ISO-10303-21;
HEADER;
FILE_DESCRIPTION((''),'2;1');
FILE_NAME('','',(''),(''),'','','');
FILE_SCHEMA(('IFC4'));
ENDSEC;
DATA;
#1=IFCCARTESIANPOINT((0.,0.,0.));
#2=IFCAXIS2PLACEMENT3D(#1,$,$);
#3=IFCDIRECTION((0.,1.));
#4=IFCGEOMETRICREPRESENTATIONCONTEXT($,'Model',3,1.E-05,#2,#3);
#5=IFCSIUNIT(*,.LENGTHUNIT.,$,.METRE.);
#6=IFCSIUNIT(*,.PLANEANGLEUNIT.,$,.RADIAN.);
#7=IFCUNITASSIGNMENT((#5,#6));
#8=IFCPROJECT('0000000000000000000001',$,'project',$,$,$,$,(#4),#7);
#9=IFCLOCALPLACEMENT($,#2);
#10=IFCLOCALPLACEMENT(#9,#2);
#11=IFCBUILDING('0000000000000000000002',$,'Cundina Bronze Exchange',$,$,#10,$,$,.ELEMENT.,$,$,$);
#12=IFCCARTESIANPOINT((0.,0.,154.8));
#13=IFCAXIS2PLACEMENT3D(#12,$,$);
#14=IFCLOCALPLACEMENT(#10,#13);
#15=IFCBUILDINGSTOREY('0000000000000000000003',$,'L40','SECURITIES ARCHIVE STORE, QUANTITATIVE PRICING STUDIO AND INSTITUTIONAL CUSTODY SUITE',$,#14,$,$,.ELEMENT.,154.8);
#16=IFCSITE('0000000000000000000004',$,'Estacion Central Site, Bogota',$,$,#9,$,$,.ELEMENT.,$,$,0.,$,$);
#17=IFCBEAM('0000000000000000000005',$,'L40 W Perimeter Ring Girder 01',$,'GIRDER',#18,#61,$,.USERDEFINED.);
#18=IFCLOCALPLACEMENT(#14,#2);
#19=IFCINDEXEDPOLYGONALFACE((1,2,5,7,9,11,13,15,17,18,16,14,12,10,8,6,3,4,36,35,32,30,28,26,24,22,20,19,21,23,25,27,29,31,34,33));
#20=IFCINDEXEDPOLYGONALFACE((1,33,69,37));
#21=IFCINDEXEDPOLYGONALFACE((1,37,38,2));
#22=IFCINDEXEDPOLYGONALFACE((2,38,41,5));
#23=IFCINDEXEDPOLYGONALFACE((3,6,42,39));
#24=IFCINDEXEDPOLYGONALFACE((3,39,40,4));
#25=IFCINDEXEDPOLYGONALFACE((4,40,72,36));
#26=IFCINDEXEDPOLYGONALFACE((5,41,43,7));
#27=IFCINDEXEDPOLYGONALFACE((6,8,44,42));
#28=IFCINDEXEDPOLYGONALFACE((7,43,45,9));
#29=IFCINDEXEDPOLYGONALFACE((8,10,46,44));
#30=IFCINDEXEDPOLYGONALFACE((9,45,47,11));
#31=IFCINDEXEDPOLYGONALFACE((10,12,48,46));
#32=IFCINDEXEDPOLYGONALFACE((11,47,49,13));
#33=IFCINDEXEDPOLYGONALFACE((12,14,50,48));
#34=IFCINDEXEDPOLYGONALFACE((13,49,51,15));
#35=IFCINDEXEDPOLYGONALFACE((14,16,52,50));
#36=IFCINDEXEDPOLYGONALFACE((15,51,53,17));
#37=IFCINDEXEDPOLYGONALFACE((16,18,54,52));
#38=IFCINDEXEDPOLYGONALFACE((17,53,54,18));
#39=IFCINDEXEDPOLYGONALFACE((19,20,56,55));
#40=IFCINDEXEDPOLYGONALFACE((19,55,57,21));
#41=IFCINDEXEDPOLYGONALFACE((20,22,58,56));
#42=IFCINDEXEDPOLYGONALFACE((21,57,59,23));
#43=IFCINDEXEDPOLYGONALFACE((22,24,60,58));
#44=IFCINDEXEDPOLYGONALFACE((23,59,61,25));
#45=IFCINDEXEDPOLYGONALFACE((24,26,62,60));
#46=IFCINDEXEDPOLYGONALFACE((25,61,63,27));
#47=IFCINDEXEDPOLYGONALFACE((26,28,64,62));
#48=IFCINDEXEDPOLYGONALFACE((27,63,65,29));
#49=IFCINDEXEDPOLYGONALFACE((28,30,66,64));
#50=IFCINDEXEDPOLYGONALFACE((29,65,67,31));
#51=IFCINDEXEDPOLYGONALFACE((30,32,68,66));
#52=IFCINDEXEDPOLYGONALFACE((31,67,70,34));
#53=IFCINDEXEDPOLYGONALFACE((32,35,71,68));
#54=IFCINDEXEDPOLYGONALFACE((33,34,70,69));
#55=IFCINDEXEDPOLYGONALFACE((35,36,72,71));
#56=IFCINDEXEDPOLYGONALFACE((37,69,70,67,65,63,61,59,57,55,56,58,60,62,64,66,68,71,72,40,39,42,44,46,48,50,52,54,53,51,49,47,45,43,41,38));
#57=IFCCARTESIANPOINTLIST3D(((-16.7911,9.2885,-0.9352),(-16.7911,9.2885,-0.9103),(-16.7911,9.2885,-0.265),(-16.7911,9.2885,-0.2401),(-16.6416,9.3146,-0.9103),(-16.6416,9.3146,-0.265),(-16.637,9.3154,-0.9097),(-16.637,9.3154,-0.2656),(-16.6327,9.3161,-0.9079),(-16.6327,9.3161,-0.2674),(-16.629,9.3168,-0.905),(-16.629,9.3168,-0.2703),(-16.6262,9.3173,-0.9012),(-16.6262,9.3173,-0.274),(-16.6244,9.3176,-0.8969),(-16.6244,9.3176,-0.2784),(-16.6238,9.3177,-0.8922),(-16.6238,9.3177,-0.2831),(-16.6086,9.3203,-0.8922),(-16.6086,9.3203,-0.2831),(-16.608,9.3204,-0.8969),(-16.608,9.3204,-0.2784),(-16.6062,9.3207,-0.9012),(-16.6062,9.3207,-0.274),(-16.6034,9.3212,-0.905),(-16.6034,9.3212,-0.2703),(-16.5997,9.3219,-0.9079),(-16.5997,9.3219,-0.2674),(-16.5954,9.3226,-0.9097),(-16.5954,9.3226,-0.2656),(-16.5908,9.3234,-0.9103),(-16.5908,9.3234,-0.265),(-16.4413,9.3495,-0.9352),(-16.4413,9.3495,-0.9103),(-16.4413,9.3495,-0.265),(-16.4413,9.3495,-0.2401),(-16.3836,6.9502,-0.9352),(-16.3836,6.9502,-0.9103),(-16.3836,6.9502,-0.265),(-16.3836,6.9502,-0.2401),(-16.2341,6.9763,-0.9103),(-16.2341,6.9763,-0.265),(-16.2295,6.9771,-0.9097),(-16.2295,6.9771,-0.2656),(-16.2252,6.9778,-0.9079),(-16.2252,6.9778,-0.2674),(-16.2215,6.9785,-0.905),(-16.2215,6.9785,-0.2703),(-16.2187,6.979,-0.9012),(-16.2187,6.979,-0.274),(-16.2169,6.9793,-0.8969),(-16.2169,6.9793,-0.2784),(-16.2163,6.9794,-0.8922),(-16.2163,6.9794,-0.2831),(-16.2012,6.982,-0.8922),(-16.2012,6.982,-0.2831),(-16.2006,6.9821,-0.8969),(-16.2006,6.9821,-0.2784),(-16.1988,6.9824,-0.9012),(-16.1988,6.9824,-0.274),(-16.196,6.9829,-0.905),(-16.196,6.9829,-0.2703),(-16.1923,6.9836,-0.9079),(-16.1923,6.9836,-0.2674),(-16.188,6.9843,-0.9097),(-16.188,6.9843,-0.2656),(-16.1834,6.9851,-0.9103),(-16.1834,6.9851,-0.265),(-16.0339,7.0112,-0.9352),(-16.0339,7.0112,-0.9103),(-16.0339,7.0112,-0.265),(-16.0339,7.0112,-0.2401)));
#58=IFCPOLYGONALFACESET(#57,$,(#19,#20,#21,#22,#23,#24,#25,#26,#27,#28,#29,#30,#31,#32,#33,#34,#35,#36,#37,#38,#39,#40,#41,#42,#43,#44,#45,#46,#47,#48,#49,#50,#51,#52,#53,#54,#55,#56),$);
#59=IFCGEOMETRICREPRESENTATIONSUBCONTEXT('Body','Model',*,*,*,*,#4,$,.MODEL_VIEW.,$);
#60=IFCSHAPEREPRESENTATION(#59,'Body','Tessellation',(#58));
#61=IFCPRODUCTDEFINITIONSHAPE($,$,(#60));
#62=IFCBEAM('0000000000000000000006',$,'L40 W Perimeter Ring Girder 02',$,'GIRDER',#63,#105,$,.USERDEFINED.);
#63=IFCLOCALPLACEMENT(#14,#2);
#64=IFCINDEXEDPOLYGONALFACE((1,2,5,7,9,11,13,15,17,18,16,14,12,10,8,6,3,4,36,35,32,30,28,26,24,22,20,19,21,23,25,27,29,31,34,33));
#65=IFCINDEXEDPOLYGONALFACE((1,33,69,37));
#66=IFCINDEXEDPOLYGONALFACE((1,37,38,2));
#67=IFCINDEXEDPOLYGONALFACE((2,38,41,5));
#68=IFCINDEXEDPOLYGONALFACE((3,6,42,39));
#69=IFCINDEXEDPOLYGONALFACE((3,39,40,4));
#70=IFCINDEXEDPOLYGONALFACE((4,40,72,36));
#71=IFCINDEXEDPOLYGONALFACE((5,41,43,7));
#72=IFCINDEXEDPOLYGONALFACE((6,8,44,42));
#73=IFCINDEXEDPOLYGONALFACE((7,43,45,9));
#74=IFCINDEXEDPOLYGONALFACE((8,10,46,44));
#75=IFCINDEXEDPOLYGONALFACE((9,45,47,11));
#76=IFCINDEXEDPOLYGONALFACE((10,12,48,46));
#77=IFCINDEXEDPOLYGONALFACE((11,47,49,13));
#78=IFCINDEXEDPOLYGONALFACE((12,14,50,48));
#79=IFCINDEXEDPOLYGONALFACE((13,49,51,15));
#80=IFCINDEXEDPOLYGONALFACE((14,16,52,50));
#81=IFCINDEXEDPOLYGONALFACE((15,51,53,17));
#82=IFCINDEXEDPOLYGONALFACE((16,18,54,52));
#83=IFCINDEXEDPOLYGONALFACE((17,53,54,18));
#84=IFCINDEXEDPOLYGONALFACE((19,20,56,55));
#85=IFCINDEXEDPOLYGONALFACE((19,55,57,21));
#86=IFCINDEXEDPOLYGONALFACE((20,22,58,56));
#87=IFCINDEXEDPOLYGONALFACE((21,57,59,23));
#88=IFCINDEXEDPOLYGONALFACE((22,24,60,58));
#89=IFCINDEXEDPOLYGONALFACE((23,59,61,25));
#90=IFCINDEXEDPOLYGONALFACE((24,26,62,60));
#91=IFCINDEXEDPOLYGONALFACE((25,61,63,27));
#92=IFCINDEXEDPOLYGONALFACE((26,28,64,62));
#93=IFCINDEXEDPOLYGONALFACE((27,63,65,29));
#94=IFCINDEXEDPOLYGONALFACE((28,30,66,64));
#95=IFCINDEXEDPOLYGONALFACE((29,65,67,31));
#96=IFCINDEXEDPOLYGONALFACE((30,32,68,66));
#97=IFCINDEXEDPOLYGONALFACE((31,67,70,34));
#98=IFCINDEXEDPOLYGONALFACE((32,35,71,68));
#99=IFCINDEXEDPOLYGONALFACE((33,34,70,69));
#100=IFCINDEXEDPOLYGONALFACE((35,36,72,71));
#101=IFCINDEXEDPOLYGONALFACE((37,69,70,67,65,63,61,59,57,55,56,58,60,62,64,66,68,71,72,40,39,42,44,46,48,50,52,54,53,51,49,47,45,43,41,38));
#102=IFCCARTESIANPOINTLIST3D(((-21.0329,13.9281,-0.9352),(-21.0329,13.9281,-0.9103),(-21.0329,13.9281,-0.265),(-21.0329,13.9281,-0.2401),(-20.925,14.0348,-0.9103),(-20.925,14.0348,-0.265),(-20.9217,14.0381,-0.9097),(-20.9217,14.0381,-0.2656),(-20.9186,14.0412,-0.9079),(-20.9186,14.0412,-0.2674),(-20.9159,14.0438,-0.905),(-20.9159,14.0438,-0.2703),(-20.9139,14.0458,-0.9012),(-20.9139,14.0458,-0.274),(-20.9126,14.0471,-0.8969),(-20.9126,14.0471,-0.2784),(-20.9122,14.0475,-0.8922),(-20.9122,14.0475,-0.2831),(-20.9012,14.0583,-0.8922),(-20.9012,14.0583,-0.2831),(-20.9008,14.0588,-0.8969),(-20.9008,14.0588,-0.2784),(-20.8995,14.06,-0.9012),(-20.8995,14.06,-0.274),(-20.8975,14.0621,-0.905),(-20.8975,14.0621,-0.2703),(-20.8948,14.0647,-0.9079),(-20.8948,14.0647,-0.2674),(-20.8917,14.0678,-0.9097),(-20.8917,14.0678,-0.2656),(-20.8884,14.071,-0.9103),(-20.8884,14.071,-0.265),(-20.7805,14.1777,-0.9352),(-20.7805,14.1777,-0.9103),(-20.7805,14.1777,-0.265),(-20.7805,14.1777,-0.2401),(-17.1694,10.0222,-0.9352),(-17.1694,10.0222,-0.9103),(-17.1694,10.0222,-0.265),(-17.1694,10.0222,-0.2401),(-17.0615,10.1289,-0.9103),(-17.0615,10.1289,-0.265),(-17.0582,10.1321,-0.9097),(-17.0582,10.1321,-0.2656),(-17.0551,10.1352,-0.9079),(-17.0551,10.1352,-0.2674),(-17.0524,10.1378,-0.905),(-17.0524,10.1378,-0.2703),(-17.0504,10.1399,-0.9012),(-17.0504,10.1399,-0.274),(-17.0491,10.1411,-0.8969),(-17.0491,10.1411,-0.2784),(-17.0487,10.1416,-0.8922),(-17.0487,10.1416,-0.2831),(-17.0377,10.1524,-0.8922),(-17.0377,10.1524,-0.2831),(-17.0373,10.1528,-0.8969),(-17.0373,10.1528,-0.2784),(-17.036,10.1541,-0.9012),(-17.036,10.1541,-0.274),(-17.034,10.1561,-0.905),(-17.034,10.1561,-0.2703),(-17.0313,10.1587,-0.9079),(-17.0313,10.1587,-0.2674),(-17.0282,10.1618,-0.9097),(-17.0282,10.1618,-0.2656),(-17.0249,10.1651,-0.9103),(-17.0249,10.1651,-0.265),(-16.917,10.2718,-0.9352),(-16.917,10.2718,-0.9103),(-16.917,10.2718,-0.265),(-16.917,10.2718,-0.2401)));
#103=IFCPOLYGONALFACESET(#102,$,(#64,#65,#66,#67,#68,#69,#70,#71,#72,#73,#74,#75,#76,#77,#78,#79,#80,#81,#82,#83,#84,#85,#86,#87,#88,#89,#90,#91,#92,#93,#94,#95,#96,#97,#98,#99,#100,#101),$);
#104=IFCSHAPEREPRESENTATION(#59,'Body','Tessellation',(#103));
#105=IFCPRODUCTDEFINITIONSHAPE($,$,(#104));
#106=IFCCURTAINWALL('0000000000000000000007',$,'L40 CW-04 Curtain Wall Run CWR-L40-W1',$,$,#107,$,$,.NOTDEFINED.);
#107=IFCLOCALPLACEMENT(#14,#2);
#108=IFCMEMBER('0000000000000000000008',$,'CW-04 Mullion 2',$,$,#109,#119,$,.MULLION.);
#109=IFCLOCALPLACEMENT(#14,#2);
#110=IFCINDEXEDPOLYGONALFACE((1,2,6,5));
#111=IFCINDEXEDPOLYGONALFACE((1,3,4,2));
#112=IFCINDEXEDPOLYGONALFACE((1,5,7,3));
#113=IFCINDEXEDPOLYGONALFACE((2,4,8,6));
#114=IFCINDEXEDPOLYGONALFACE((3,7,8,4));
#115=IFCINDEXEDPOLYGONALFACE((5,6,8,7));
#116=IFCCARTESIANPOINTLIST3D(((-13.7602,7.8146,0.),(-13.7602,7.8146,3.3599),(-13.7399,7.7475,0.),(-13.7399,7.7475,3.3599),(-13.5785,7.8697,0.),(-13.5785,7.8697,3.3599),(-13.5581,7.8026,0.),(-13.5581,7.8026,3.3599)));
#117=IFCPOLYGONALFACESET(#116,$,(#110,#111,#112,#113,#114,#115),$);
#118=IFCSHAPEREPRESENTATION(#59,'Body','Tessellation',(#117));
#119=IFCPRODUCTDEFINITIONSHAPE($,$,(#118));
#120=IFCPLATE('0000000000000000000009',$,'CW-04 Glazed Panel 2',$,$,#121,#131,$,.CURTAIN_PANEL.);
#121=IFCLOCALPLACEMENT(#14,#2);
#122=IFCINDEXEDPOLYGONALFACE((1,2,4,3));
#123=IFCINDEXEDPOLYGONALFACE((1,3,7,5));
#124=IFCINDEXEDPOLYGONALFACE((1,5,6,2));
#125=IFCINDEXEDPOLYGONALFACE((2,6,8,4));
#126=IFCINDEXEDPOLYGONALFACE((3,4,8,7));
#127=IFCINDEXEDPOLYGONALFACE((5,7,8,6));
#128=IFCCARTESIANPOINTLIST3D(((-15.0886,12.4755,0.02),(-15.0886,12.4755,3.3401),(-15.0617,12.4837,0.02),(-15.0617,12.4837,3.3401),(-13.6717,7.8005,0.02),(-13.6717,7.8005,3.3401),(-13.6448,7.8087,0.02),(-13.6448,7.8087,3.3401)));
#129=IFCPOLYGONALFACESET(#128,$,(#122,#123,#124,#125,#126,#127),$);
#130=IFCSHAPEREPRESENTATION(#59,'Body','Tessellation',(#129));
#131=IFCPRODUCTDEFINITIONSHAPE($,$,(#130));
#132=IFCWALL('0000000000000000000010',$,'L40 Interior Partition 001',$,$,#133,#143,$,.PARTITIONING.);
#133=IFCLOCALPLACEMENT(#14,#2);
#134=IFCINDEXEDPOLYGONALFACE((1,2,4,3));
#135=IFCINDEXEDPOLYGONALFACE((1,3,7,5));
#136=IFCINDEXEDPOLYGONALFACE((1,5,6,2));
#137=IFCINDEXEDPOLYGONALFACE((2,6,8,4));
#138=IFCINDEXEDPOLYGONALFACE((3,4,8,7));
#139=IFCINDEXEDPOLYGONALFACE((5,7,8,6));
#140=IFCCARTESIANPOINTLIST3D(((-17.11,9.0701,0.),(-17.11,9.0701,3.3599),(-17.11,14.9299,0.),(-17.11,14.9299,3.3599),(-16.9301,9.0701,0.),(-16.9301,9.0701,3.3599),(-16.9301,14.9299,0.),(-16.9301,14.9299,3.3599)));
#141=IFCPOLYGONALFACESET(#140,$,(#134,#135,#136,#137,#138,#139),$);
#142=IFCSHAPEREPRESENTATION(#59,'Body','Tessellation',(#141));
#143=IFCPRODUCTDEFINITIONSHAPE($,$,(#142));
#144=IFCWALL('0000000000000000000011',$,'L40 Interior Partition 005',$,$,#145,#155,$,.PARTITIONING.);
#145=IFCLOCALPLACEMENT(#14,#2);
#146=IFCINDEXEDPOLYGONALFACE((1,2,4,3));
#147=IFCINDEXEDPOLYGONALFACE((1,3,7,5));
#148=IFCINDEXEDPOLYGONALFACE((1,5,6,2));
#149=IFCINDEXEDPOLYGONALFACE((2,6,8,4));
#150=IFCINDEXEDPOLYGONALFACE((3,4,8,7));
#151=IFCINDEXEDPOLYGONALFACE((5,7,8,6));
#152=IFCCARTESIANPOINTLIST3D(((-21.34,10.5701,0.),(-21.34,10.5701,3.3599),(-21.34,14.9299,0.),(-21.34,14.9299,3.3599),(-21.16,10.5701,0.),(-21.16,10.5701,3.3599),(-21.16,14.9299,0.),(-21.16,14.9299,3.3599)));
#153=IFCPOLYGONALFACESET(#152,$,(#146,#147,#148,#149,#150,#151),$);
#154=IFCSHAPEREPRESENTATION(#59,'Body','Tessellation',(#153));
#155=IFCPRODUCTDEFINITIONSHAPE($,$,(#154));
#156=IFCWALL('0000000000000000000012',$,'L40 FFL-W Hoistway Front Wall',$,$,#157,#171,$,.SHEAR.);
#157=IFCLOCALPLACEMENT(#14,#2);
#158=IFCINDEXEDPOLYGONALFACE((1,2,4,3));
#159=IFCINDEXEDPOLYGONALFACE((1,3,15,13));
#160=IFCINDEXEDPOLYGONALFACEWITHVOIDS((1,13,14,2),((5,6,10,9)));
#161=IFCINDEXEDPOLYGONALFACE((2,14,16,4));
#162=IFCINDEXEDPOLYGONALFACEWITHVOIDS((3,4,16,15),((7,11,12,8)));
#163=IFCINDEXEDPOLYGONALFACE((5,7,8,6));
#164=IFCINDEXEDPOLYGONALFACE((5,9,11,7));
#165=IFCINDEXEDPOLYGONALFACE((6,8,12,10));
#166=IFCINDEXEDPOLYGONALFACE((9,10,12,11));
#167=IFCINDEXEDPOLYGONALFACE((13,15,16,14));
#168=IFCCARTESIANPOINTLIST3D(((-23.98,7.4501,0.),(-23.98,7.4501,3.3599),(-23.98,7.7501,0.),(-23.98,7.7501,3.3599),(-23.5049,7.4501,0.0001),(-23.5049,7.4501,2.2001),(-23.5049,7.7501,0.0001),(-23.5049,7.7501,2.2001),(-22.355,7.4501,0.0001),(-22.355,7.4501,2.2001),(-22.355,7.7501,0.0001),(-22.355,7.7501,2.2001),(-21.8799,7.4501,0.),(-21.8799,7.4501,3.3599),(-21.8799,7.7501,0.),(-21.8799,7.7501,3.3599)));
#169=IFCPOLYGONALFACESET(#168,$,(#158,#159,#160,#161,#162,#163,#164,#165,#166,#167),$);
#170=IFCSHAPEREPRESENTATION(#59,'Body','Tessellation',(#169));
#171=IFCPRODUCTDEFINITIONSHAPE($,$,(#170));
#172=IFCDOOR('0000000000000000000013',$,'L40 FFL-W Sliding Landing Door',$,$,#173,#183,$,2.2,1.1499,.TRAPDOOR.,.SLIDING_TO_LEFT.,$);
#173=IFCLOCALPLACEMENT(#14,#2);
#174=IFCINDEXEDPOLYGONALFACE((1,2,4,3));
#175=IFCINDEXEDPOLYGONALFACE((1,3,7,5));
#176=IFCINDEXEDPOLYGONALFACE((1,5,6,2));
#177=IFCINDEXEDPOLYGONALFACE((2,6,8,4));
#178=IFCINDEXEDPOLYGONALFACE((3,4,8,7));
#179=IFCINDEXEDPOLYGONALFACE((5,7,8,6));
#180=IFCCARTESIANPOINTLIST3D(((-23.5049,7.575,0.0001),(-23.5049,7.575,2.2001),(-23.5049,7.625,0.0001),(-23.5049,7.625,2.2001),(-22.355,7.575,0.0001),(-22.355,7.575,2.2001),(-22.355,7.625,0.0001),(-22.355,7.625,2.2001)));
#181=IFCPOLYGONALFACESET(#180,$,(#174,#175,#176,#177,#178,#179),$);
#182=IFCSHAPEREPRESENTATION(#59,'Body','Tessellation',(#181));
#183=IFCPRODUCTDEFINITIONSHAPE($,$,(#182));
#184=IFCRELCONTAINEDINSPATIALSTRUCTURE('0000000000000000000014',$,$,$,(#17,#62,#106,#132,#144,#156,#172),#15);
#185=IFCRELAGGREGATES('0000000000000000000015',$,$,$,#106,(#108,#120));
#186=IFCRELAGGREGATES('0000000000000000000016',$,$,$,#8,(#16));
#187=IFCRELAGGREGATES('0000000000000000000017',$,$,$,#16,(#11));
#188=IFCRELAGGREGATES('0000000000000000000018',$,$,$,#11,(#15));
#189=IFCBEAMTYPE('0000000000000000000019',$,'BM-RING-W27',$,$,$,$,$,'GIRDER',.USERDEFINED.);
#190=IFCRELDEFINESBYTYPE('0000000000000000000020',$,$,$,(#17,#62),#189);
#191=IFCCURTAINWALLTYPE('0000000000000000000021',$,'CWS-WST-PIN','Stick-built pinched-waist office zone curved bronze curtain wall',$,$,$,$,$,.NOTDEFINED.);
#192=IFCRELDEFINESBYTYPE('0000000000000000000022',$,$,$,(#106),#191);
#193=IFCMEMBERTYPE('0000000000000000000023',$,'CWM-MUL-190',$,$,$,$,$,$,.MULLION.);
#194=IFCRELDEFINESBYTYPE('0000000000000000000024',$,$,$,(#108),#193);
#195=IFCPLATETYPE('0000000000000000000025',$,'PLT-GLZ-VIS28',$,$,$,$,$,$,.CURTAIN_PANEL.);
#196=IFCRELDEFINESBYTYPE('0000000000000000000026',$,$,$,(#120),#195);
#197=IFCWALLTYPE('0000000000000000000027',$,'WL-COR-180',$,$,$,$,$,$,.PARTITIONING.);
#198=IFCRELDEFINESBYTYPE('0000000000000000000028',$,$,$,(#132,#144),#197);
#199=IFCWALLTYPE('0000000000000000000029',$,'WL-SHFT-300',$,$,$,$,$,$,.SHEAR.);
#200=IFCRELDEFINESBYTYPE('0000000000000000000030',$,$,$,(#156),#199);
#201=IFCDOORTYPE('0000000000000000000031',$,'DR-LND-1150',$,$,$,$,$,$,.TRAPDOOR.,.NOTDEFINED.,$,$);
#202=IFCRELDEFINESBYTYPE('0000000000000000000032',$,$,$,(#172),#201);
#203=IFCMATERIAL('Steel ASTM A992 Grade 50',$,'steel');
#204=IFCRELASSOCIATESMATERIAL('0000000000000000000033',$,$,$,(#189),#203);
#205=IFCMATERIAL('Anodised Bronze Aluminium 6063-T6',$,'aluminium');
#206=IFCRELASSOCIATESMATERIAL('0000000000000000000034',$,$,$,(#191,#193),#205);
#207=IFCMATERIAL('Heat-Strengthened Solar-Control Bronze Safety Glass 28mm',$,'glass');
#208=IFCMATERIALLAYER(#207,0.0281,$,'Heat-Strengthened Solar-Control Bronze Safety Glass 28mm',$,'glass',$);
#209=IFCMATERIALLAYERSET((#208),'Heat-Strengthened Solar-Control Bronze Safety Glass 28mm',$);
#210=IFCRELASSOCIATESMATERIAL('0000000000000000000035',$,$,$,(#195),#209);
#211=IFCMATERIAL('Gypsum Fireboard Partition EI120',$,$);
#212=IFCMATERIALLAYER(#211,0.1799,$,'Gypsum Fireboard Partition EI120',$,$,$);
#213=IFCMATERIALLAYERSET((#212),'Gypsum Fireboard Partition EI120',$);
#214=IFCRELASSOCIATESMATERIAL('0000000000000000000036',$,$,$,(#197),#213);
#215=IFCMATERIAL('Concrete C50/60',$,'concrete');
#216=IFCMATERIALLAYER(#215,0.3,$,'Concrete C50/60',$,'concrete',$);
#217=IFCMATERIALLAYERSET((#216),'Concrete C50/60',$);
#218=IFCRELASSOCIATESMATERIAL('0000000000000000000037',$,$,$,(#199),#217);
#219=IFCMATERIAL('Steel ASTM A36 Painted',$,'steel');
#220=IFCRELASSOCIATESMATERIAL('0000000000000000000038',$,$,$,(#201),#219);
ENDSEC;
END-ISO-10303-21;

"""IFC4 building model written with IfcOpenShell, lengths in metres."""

from ifc_helpers import new_model, si_unit, direction, frame, frame_2d, origin, origin_2d, place, context, subcontext, project, spatial, rectangle, i_section, extrude, material, layer, layer_set, material_profile, profile_set, type_object, element, fill, aggregate, save


model = new_model("IFC4")

# Units and contexts
model_context = context("Model", 3, precision=1e-05, world=origin(), true_north=direction((0.0, 1.0)))
body_context = subcontext(model_context, "Body", "Model", "MODEL_VIEW")
ifc_project = project(units=[si_unit("LENGTHUNIT", "METRE"), si_unit("PLANEANGLEUNIT", "RADIAN")], contexts=[model_context])

# Site, building, storey
site_placement = place(None, origin())
site = spatial("IfcSite", under=ifc_project, at=site_placement, Name="Estacion Central Site, Bogota", CompositionType="ELEMENT", RefElevation=0.0)
building_placement = place(site_placement, origin())
building = spatial("IfcBuilding", under=site, at=building_placement, Name="Cundina Bronze Exchange", CompositionType="ELEMENT")
storey_placement = place(building_placement, frame((0.0, 0.0, 154.8)))
storey = spatial("IfcBuildingStorey", under=building, at=storey_placement, Name="L40", Description="SECURITIES ARCHIVE STORE, QUANTITATIVE PRICING STUDIO AND INSTITUTIONAL CUSTODY SUITE", CompositionType="ELEMENT", Elevation=154.8)

# Shared definitions
ifc_material_1 = material(Name="Concrete C50/60", Category="concrete")

# Beams
ifc_material_2 = material(Name="Steel ASTM A992 Grade 50", Category="steel")
ifc_material_profile_1 = material_profile(ifc_material_2, i_section(OverallWidth=0.355, OverallDepth=0.6951, WebThickness=0.0154, FlangeThickness=0.0249, FilletRadius=0.0181, at=origin_2d()), Name="W27X146", Category="steel")
ifc_profile_set_1 = profile_set([ifc_material_profile_1], Name="Steel ASTM A992 Grade 50")
beam_type_1 = type_object("IfcBeamType", Name="BM-RING-W27", ElementType="GIRDER", PredefinedType="USERDEFINED", material=ifc_profile_set_1)
beam_1_placement = place(storey_placement, frame((-16.2087, 6.9807, -0.5876), z_axis=(-0.171667, 0.985155, 0.0), x_axis=(-0.985155, -0.171667, 0.0)))
element("IfcBeam", 1, at=beam_1_placement, inside=storey, type_object=beam_type_1, Name="L40 W Perimeter Ring Girder 01", ObjectType="GIRDER", PredefinedType="USERDEFINED", context=body_context, shape_type="SweptSolid", body=[
    extrude(i_section(OverallWidth=0.355, OverallDepth=0.6951, WebThickness=0.0154, FlangeThickness=0.0249, FilletRadius=0.0181, at=origin_2d()), origin(), (0.0, 0.0, 1.0), 2.3735),
])
beam_2_placement = place(storey_placement, frame((-17.0432, 10.147, -0.5876), z_axis=(-0.70323, 0.710962, 0.0), x_axis=(-0.710962, -0.70323, 0.0)))
element("IfcBeam", 2, at=beam_2_placement, inside=storey, type_object=beam_type_1, Name="L40 W Perimeter Ring Girder 02", ObjectType="GIRDER", PredefinedType="USERDEFINED", context=body_context, shape_type="SweptSolid", body=[
    extrude(i_section(OverallWidth=0.355, OverallDepth=0.6951, WebThickness=0.0154, FlangeThickness=0.0249, FilletRadius=0.0181, at=origin_2d()), origin(), (0.0, 0.0, 1.0), 5.4939),
])

# Curtain wall, member, plate
ifc_material_3 = material(Name="Anodised Bronze Aluminium 6063-T6", Category="aluminium")
curtain_wall_type = type_object("IfcCurtainWallType", Name="CWS-WST-PIN", Description="Stick-built pinched-waist office zone curved bronze curtain wall", PredefinedType="NOTDEFINED", material=ifc_material_3)
curtain_wall_placement = place(storey_placement, origin())
curtain_wall = element("IfcCurtainWall", 3, at=curtain_wall_placement, inside=storey, type_object=curtain_wall_type, Name="L40 CW-04 Curtain Wall Run CWR-L40-W1", PredefinedType="NOTDEFINED")
ifc_material_profile_2 = material_profile(ifc_material_3, rectangle(XDim=0.0701, YDim=0.1899, at=origin_2d()), Name="AL70X190", Category="aluminium")
ifc_profile_set_2 = profile_set([ifc_material_profile_2], Name="Anodised Bronze Aluminium 6063-T6")
member_type = type_object("IfcMemberType", Name="CWM-MUL-190", PredefinedType="MULLION", material=ifc_profile_set_2)
member_placement = place(storey_placement, frame((-13.6592, 7.8086, 0.0), z_axis=(0.0, 0.0, 1.0), x_axis=(-0.290034, 0.957016, 0.0)))
member = element("IfcMember", 4, at=member_placement, type_object=member_type, Name="CW-04 Mullion 2", PredefinedType="MULLION", context=body_context, shape_type="SweptSolid", body=[
    extrude(rectangle(XDim=0.0701, YDim=0.1899, at=origin_2d()), origin(), (0.0, 0.0, 1.0), 3.3599),
])
ifc_material_4 = material(Name="Heat-Strengthened Solar-Control Bronze Safety Glass 28mm", Category="glass")
ifc_layer_1 = layer(ifc_material_4, 0.0281, Name="Heat-Strengthened Solar-Control Bronze Safety Glass 28mm", Category="glass")
ifc_layer_set_1 = layer_set([ifc_layer_1], Name="Heat-Strengthened Solar-Control Bronze Safety Glass 28mm")
plate_type = type_object("IfcPlateType", Name="PLT-GLZ-VIS28", PredefinedType="CURTAIN_PANEL", material=ifc_layer_set_1)
plate_placement = place(storey_placement, frame((-14.3667, 10.1421, 0.02), z_axis=(0.0, 0.0, 1.0), x_axis=(-0.290051, 0.957011, 0.0)))
plate = element("IfcPlate", 5, at=plate_placement, type_object=plate_type, Name="CW-04 Glazed Panel 2", PredefinedType="CURTAIN_PANEL", context=body_context, shape_type="SweptSolid", body=[
    extrude(rectangle(XDim=4.885, YDim=0.0281, at=origin_2d()), origin(), (0.0, 0.0, 1.0), 3.3201),
])
aggregate(curtain_wall, [member, plate])

# Walls
ifc_material_5 = material(Name="Gypsum Fireboard Partition EI120")
ifc_layer_2 = layer(ifc_material_5, 0.1799, Name="Gypsum Fireboard Partition EI120")
ifc_layer_set_2 = layer_set([ifc_layer_2], Name="Gypsum Fireboard Partition EI120")
wall_type_1 = type_object("IfcWallType", Name="WL-COR-180", PredefinedType="PARTITIONING", material=ifc_layer_set_2)
wall_1_placement = place(storey_placement, frame((-17.02, 9.0701, 0.0), z_axis=(0.0, 0.0, 1.0), x_axis=(0.0, 1.0, 0.0)))
element("IfcWall", 6, at=wall_1_placement, inside=storey, type_object=wall_type_1, Name="L40 Interior Partition 001", PredefinedType="PARTITIONING", context=body_context, shape_type="SweptSolid", body=[
    extrude(rectangle(XDim=5.8599, YDim=0.1799, at=frame_2d((2.9299, 0.0))), origin(), (0.0, 0.0, 1.0), 3.3599),
])
wall_2_placement = place(storey_placement, frame((-21.25, 10.5701, 0.0), z_axis=(0.0, 0.0, 1.0), x_axis=(0.0, 1.0, 0.0)))
element("IfcWall", 7, at=wall_2_placement, inside=storey, type_object=wall_type_1, Name="L40 Interior Partition 005", PredefinedType="PARTITIONING", context=body_context, shape_type="SweptSolid", body=[
    extrude(rectangle(XDim=4.3599, YDim=0.1799, at=frame_2d((2.1799, 0.0))), origin(), (0.0, 0.0, 1.0), 3.3599),
])

# Wall, opening, door
ifc_layer_3 = layer(ifc_material_1, 0.3, Name="Concrete C50/60", Category="concrete")
ifc_layer_set_3 = layer_set([ifc_layer_3], Name="Concrete C50/60")
wall_type_2 = type_object("IfcWallType", Name="WL-SHFT-300", PredefinedType="SHEAR", material=ifc_layer_set_3)
wall_3_placement = place(storey_placement, frame((-23.98, 7.6001, 0.0), z_axis=(0.0, 0.0, 1.0), x_axis=(1.0, 0.0, 0.0)))
wall_3 = element("IfcWall", 8, at=wall_3_placement, inside=storey, type_object=wall_type_2, Name="L40 FFL-W Hoistway Front Wall", PredefinedType="SHEAR", context=body_context, shape_type="SweptSolid", body=[
    extrude(rectangle(XDim=2.1001, YDim=0.3, at=frame_2d((1.05, 0.0))), origin(), (0.0, 0.0, 1.0), 3.3599),
])
opening_1_placement = place(wall_3_placement, frame((0.4751, 0.0, 0.0)))
opening_1 = element("IfcOpeningElement", 9, at=opening_1_placement, cuts=wall_3, PredefinedType="OPENING", context=body_context, shape_type="SweptSolid", body=[
    extrude(rectangle(XDim=1.1499, YDim=2.2, at=frame_2d((0.575, 1.1001))), frame((0.0, 0.1599, 0.0), z_axis=(0.0, -1.0, 0.0), x_axis=(1.0, 0.0, 0.0)), (0.0, 0.0, 1.0), 0.3201),
])
ifc_material_6 = material(Name="Steel ASTM A36 Painted", Category="steel")
door_type = type_object("IfcDoorType", Name="DR-LND-1150", OperationType="NOTDEFINED", PredefinedType="TRAPDOOR", material=ifc_material_6)
door_1_placement = place(opening_1_placement, origin())
door_1 = element("IfcDoor", 10, at=door_1_placement, inside=storey, type_object=door_type, Name="L40 FFL-W Sliding Landing Door", OperationType="SLIDING_TO_LEFT", OverallHeight=2.2, OverallWidth=1.1499, PredefinedType="TRAPDOOR", context=body_context, shape_type="SweptSolid", body=[
    extrude(rectangle(XDim=1.1499, YDim=2.2, at=frame_2d((0.575, 1.1001))), frame((0.0, 0.0249, 0.0), z_axis=(0.0, -1.0, 0.0), x_axis=(1.0, 0.0, 0.0)), (0.0, 0.0, 1.0), 0.05),
])
fill(opening_1, door_1)

save(model, "model.ifc")
